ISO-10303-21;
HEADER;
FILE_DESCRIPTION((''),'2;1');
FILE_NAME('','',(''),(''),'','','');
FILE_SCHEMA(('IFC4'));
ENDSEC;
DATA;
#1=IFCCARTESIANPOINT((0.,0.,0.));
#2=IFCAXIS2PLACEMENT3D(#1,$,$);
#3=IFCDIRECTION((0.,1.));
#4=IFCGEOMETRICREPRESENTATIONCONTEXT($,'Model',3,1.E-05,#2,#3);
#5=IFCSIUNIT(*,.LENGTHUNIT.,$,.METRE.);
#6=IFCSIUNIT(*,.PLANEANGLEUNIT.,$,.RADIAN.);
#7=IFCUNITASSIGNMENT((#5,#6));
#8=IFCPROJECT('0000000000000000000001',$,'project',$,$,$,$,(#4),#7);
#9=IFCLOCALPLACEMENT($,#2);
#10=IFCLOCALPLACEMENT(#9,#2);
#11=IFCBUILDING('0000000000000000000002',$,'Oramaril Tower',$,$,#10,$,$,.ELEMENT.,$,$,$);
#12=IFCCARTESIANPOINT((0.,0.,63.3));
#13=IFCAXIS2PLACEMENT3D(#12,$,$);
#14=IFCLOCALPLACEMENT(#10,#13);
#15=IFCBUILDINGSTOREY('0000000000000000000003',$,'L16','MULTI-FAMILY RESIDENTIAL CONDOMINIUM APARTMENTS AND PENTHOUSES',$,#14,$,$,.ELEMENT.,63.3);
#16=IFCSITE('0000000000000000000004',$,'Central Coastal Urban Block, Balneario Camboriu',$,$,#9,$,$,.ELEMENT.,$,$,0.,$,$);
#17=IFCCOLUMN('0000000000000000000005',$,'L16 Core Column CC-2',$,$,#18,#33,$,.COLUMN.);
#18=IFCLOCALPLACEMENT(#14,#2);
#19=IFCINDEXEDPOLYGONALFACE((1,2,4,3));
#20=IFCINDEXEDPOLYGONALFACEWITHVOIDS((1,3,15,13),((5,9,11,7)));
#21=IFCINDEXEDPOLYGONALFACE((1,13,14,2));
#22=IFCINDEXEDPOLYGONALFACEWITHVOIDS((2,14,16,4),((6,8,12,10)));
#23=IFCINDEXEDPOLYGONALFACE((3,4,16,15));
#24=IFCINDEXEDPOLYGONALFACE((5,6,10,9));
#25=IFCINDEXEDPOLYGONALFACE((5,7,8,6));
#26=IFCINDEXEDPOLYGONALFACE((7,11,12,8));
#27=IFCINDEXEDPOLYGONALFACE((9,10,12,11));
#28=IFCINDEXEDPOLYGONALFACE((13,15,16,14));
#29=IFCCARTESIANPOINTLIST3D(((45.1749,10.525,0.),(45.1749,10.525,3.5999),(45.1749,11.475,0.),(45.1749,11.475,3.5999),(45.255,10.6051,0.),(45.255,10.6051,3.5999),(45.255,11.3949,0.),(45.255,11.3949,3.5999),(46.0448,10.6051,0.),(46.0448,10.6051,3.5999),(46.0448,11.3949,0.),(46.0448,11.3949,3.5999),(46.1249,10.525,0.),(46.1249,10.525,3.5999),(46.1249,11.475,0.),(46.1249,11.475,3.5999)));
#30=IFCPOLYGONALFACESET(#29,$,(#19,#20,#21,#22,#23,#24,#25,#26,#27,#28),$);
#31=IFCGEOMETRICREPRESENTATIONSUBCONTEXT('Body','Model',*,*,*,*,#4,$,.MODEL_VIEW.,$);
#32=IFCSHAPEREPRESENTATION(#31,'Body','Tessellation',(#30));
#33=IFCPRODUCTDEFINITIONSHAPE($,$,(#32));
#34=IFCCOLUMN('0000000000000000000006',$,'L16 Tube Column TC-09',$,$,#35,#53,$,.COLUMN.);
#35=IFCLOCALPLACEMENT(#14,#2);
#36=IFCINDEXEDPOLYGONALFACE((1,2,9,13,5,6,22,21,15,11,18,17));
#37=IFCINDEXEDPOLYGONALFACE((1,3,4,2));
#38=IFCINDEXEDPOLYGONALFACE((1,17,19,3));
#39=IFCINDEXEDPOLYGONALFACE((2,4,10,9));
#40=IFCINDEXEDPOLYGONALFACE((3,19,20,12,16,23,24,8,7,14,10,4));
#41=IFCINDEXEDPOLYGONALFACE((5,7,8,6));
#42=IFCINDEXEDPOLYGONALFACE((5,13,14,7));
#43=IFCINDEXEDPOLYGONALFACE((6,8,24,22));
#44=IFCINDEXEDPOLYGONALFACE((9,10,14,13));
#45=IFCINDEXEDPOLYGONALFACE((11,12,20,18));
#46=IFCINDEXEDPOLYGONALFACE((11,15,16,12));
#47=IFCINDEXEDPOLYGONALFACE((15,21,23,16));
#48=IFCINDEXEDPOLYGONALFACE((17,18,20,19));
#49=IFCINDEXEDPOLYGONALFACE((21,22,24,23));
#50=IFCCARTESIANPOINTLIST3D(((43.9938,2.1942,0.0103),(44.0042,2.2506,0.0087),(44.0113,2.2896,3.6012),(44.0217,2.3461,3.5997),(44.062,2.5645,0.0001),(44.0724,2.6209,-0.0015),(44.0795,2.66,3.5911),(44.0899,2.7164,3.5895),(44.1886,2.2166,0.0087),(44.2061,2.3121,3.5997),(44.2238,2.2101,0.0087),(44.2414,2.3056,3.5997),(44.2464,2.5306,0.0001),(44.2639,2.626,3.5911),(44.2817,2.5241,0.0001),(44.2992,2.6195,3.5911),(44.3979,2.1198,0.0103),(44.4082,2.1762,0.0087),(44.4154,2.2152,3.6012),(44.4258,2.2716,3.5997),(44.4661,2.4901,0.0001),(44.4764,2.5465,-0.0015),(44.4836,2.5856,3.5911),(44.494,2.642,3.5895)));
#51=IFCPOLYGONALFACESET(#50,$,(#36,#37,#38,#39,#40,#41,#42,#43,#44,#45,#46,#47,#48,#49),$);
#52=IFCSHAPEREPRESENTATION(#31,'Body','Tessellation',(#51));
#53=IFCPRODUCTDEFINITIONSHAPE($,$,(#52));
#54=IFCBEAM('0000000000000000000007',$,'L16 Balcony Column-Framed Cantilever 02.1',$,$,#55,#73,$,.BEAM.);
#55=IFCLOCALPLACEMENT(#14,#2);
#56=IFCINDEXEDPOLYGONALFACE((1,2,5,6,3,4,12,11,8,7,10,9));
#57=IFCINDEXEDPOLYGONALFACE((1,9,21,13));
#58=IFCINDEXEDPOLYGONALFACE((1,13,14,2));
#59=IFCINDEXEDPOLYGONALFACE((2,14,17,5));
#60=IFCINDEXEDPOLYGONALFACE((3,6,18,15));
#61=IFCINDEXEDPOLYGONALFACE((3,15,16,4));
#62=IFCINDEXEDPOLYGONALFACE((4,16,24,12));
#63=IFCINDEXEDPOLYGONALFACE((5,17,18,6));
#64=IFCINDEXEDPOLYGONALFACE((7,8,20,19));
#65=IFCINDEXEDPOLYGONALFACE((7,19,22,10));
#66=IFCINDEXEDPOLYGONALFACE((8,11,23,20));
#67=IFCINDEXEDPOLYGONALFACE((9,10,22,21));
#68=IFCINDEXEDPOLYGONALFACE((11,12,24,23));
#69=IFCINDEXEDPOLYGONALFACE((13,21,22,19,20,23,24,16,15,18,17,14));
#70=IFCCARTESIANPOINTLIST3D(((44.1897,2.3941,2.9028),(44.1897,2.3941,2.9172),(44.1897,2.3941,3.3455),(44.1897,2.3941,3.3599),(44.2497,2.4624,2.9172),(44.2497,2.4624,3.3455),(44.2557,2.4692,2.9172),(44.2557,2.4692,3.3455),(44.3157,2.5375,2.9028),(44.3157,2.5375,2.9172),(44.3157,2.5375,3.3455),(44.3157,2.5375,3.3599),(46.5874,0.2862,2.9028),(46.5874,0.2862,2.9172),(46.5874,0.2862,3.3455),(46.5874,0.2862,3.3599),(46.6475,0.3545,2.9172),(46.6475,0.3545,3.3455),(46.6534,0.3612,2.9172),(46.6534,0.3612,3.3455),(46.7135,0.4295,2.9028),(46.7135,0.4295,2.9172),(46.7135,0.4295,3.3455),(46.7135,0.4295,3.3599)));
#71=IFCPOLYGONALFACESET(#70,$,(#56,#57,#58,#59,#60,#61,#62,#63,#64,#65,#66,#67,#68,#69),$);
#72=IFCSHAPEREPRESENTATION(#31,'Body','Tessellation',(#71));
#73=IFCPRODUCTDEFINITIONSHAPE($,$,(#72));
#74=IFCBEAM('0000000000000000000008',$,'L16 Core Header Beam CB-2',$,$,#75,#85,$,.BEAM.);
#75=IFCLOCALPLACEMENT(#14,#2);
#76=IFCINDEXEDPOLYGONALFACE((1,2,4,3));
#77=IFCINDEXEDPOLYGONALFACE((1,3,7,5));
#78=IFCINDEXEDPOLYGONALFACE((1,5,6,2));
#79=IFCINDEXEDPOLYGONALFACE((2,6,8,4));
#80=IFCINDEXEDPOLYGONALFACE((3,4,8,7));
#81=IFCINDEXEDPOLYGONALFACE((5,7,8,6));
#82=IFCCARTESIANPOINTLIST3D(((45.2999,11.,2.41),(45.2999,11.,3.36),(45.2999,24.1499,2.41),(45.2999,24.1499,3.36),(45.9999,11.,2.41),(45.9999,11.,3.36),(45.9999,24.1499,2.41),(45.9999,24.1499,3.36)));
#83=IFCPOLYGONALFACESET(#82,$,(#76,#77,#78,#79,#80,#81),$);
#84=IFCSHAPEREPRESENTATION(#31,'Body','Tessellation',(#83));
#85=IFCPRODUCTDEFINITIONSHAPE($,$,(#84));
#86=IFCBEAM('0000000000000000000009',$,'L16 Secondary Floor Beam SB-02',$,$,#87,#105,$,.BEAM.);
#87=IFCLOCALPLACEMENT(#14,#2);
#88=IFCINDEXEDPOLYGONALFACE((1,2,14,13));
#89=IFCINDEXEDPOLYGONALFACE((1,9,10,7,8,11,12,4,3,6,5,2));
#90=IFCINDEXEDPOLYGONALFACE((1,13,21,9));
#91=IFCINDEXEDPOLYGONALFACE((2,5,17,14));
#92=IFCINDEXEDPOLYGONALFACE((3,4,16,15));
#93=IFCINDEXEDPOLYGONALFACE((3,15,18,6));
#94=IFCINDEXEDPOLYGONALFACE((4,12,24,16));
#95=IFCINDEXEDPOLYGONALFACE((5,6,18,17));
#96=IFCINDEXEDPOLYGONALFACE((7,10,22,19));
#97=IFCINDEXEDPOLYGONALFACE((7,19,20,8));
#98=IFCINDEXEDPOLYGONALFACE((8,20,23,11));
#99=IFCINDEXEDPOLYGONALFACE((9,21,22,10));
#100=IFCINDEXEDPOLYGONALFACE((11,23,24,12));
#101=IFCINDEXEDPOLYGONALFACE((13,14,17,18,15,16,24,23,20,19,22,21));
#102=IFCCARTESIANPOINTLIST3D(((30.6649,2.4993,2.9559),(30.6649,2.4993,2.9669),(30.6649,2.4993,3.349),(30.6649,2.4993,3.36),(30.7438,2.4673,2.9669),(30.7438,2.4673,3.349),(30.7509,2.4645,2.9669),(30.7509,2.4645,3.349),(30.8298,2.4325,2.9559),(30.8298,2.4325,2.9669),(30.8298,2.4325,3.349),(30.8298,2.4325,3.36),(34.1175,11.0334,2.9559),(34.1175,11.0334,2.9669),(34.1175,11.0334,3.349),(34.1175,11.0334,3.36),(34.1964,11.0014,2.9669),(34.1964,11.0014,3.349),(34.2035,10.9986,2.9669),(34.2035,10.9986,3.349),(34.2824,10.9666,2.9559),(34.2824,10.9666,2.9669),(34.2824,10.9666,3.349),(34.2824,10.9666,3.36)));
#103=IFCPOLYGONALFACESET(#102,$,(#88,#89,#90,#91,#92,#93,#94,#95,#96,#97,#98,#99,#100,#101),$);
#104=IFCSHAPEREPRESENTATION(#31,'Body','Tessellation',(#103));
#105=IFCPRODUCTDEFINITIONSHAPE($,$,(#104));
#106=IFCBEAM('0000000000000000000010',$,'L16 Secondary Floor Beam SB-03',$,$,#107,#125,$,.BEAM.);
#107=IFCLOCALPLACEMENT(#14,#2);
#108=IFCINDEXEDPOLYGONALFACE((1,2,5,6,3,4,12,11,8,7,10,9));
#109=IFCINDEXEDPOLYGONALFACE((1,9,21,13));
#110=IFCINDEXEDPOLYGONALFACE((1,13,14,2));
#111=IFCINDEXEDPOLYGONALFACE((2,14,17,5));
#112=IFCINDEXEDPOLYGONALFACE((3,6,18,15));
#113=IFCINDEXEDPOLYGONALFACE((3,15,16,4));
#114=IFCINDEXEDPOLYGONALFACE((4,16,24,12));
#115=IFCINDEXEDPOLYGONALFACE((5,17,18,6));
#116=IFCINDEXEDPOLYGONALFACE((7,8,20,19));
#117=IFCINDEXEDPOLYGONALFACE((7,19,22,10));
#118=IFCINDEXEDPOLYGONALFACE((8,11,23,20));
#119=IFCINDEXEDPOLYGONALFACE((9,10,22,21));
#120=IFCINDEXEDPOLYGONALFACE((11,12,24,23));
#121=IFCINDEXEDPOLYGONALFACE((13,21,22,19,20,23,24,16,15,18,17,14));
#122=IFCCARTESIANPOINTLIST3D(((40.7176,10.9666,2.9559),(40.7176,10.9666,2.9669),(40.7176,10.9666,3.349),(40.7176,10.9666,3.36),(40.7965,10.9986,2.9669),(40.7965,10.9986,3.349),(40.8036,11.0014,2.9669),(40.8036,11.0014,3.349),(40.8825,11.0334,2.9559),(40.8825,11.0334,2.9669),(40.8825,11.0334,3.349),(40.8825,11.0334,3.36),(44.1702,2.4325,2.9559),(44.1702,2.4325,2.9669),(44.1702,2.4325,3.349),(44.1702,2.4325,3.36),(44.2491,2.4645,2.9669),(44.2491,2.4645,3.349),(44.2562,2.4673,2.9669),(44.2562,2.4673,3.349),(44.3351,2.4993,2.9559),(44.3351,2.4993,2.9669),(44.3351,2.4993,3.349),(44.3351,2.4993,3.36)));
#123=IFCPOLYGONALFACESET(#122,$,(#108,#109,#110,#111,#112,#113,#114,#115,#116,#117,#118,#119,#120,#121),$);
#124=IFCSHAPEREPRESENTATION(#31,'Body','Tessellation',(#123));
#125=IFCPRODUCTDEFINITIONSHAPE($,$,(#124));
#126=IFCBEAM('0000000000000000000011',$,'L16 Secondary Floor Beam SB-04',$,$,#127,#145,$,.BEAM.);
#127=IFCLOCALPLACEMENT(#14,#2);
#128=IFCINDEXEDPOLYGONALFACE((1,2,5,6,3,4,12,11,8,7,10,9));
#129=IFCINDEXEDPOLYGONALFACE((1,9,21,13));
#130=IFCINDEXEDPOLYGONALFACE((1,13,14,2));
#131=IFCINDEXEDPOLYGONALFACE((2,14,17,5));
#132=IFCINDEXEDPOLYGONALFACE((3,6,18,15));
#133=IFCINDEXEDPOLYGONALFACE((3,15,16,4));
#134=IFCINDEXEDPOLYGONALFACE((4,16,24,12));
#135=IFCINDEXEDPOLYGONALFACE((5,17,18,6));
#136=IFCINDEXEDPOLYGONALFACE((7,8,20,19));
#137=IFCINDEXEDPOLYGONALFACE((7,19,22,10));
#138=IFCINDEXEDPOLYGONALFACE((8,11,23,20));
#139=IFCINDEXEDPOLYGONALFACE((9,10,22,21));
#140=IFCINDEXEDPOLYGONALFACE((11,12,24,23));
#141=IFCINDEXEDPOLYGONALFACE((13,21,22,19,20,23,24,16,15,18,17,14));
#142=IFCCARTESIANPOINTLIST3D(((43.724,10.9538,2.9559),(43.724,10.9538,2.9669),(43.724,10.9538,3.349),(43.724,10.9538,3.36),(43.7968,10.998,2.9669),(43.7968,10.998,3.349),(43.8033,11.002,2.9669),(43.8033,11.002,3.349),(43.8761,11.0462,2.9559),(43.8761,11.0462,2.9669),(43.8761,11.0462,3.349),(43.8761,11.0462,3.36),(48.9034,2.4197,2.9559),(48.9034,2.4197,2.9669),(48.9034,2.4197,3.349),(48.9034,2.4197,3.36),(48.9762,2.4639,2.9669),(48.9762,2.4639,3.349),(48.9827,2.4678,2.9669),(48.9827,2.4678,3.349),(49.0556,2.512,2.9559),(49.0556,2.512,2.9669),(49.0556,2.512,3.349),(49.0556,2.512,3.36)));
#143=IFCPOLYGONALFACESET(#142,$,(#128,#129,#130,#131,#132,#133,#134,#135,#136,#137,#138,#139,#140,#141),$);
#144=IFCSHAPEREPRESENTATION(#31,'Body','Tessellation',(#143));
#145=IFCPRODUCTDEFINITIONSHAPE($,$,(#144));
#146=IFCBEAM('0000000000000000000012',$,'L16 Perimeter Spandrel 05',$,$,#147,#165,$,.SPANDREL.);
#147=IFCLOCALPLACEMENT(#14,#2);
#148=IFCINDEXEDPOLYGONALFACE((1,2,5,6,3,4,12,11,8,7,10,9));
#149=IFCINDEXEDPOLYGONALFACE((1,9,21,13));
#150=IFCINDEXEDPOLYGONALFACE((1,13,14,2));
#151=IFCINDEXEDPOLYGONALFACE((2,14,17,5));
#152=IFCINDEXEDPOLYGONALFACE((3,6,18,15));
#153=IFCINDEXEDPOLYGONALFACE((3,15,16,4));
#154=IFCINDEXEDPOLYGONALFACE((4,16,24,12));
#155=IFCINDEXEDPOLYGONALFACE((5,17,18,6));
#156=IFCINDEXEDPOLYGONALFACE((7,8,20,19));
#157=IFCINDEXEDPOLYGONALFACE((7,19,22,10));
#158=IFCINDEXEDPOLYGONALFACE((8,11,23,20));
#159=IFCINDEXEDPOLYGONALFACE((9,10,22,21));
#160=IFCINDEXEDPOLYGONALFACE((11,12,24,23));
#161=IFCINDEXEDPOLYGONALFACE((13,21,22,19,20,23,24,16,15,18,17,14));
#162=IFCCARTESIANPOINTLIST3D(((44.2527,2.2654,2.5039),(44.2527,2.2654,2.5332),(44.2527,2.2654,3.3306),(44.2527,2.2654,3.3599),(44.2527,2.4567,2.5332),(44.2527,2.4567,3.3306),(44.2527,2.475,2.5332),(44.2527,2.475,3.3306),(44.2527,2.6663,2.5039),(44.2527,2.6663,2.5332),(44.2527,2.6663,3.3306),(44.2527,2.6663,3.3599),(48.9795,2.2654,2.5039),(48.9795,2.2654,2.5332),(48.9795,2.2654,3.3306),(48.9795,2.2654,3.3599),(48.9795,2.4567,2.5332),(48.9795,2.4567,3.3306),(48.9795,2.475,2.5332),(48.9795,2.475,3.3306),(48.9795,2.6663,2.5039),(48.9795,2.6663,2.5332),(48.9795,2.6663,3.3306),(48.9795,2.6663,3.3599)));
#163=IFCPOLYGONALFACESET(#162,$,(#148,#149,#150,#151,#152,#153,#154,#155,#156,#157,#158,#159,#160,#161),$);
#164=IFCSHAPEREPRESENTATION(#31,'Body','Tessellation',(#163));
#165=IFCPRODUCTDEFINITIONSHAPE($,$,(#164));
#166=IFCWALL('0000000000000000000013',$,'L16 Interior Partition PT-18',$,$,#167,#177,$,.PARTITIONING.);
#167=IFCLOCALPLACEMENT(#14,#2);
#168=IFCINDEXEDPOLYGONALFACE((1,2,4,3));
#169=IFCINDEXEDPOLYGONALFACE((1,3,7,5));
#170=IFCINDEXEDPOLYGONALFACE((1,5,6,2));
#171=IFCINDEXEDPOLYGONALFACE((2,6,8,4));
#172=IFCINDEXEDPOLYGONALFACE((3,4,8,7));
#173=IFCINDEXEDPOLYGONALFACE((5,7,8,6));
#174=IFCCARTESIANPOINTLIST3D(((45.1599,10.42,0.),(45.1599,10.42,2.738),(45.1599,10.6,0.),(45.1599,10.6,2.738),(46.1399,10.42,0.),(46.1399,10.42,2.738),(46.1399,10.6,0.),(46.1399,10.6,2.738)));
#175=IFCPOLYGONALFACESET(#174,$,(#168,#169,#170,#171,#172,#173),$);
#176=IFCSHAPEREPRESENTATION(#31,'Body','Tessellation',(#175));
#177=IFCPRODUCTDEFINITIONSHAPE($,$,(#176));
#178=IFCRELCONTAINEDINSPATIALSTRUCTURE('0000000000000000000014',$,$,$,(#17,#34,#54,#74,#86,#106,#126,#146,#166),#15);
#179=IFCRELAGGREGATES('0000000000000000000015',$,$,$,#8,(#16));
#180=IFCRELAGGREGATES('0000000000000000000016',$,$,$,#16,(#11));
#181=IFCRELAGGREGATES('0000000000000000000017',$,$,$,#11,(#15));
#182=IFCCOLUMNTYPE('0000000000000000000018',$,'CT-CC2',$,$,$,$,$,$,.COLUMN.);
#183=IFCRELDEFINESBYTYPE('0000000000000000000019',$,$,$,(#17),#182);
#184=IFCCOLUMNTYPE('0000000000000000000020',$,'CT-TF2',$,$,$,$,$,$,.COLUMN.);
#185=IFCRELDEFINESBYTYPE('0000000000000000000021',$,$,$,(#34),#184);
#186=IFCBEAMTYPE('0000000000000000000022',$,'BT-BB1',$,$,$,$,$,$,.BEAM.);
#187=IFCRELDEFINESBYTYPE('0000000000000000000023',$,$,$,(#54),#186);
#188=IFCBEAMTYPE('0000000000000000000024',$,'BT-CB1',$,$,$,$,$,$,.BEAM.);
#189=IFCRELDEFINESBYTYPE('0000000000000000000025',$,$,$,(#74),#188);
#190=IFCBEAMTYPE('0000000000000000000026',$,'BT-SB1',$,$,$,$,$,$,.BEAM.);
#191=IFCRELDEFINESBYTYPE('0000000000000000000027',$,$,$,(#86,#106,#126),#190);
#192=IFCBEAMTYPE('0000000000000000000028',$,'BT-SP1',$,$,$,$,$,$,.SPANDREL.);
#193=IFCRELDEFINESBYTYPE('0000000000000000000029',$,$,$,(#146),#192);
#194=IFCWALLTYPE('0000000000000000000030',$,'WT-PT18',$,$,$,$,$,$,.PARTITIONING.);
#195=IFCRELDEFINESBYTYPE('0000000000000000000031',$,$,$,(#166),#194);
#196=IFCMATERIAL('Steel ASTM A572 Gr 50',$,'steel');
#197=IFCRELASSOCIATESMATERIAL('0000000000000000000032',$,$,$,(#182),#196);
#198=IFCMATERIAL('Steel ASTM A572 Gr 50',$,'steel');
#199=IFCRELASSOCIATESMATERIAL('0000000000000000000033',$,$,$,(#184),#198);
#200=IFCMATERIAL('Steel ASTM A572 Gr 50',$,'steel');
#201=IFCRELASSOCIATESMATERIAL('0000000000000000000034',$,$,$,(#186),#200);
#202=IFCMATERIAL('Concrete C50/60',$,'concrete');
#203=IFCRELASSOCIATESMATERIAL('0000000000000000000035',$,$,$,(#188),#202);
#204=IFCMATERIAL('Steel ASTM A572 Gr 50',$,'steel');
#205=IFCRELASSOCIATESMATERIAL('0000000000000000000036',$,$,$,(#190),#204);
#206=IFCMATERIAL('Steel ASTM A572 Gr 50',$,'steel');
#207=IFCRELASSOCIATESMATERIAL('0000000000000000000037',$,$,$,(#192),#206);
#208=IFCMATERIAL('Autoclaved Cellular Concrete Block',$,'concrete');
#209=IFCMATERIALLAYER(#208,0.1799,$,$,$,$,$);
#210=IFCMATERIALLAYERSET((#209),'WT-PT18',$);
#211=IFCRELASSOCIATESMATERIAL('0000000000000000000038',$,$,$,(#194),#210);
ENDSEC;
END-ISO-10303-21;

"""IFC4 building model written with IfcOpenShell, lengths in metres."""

from ifc_helpers import new_model, si_unit, direction, frame, frame_2d, origin, origin_2d, place, context, subcontext, project, spatial, rectangle, hollow_rectangle, i_section, extrude, material, layer, layer_set, material_profile, profile_set, type_object, element, save


model = new_model("IFC4")

# Units and contexts
model_context = context("Model", 3, precision=1e-05, world=origin(), true_north=direction((0.0, 1.0)))
body_context = subcontext(model_context, "Body", "Model", "MODEL_VIEW")
ifc_project = project(units=[si_unit("LENGTHUNIT", "METRE"), si_unit("PLANEANGLEUNIT", "RADIAN")], contexts=[model_context])

# Site, building, storey
site_placement = place(None, origin())
site = spatial("IfcSite", under=ifc_project, at=site_placement, Name="Central Coastal Urban Block, Balneario Camboriu", CompositionType="ELEMENT", RefElevation=0.0)
building_placement = place(site_placement, origin())
building = spatial("IfcBuilding", under=site, at=building_placement, Name="Oramaril Tower", CompositionType="ELEMENT")
storey_placement = place(building_placement, frame((0.0, 0.0, 63.3)))
storey = spatial("IfcBuildingStorey", under=building, at=storey_placement, Name="L16", Description="MULTI-FAMILY RESIDENTIAL CONDOMINIUM APARTMENTS AND PENTHOUSES", CompositionType="ELEMENT", Elevation=63.3)

# Columns
ifc_material_1 = material(Name="Steel ASTM A572 Gr 50", Category="steel")
ifc_material_profile_1 = material_profile(ifc_material_1, hollow_rectangle(XDim=0.95, YDim=0.95, WallThickness=0.0801, at=origin_2d()), Name="BOX950X950X80")
ifc_profile_set_1 = profile_set([ifc_material_profile_1], Name="Steel ASTM A572 Gr 50")
column_type_1 = type_object("IfcColumnType", Name="CT-CC2", PredefinedType="COLUMN", material=ifc_profile_set_1)
column_1_placement = place(storey_placement, frame((45.6499, 11.0, 0.0), z_axis=(0.0, 0.0, 1.0), x_axis=(1.0, 0.0, 0.0)))
element("IfcColumn", 1, at=column_1_placement, inside=storey, type_object=column_type_1, Name="L16 Core Column CC-2", PredefinedType="COLUMN", context=body_context, shape_type="SweptSolid", body=[
    extrude(hollow_rectangle(XDim=0.95, YDim=0.95, WallThickness=0.0801, at=origin_2d()), origin(), (0.0, 0.0, 1.0), 3.5999),
])
ifc_material_2 = material(Name="Steel ASTM A572 Gr 50", Category="steel")
ifc_material_profile_2 = material_profile(ifc_material_2, i_section(OverallWidth=0.4109, OverallDepth=0.4341, WebThickness=0.0359, FlangeThickness=0.0574, at=origin_2d()), Name="W14X311")
ifc_profile_set_2 = profile_set([ifc_material_profile_2], Name="Steel ASTM A572 Gr 50")
column_type_2 = type_object("IfcColumnType", Name="CT-TF2", PredefinedType="COLUMN", material=ifc_profile_set_2)
column_2_placement = place(storey_placement, frame((44.2351, 2.3704, 0.0044), z_axis=(0.004893, 0.026573, 0.999635), x_axis=(-0.983465, 0.181098, 0.0)))
element("IfcColumn", 2, at=column_2_placement, inside=storey, type_object=column_type_2, Name="L16 Tube Column TC-09", PredefinedType="COLUMN", context=body_context, shape_type="SweptSolid", body=[
    extrude(i_section(OverallWidth=0.4109, OverallDepth=0.4341, WebThickness=0.0359, FlangeThickness=0.0574, at=origin_2d()), origin(), (0.0, 0.0, 1.0), 3.5923),
])

# Beams
ifc_material_3 = material(Name="Steel ASTM A572 Gr 50", Category="steel")
ifc_material_profile_3 = material_profile(ifc_material_3, i_section(OverallWidth=0.1909, OverallDepth=0.457, WebThickness=0.009, FlangeThickness=0.0144, at=origin_2d()), Name="W18X50")
ifc_profile_set_3 = profile_set([ifc_material_profile_3], Name="Steel ASTM A572 Gr 50")
beam_type_1 = type_object("IfcBeamType", Name="BT-BB1", PredefinedType="BEAM", material=ifc_profile_set_3)
beam_1_placement = place(storey_placement, frame((44.2527, 2.4658, 3.1313), z_axis=(0.751035, -0.660262, 0.0), x_axis=(0.660262, 0.751035, 0.0)))
element("IfcBeam", 3, at=beam_1_placement, inside=storey, type_object=beam_type_1, Name="L16 Balcony Column-Framed Cantilever 02.1", PredefinedType="BEAM", context=body_context, shape_type="SweptSolid", body=[
    extrude(i_section(OverallWidth=0.1909, OverallDepth=0.457, WebThickness=0.009, FlangeThickness=0.0144, at=origin_2d()), origin(), (0.0, 0.0, 1.0), 3.1926),
])
ifc_material_4 = material(Name="Concrete C50/60", Category="concrete")
ifc_material_profile_4 = material_profile(ifc_material_4, rectangle(XDim=0.7, YDim=0.95, at=origin_2d()), Name="CB700X950")
ifc_profile_set_4 = profile_set([ifc_material_profile_4], Name="Concrete C50/60")
beam_type_2 = type_object("IfcBeamType", Name="BT-CB1", PredefinedType="BEAM", material=ifc_profile_set_4)
beam_2_placement = place(storey_placement, frame((45.6499, 11.0, 2.885), z_axis=(0.0, 1.0, 0.0), x_axis=(-1.0, 0.0, 0.0)))
element("IfcBeam", 4, at=beam_2_placement, inside=storey, type_object=beam_type_2, Name="L16 Core Header Beam CB-2", PredefinedType="BEAM", context=body_context, shape_type="SweptSolid", body=[
    extrude(rectangle(XDim=0.7, YDim=0.95, at=origin_2d()), origin(), (0.0, 0.0, 1.0), 13.1499),
])
ifc_material_5 = material(Name="Steel ASTM A572 Gr 50", Category="steel")
ifc_material_profile_5 = material_profile(ifc_material_5, i_section(OverallWidth=0.178, OverallDepth=0.4041, WebThickness=0.0076, FlangeThickness=0.011, at=origin_2d()), Name="W16X36")
ifc_profile_set_5 = profile_set([ifc_material_profile_5], Name="Steel ASTM A572 Gr 50")
beam_type_3 = type_object("IfcBeamType", Name="BT-SB1", PredefinedType="BEAM", material=ifc_profile_set_5)
for number, where, z_axis, x_axis, name in (
    (5, (34.2, 11.0, 3.158), (-0.375037, -0.92701, 0.0), (0.92701, -0.375037, 0.0), "L16 Secondary Floor Beam SB-02"),
    (6, (40.8, 11.0, 3.158), (0.375037, -0.92701, 0.0), (0.92701, 0.375037, 0.0), "L16 Secondary Floor Beam SB-03"),
):
    element("IfcBeam", number, at=place(storey_placement, frame(where, z_axis=z_axis, x_axis=x_axis)), inside=storey, type_object=beam_type_3, Name=name, PredefinedType="BEAM", context=body_context, shape_type="SweptSolid", body=[
        extrude(i_section(OverallWidth=0.178, OverallDepth=0.4041, WebThickness=0.0076, FlangeThickness=0.011, at=origin_2d()), origin(), (0.0, 0.0, 1.0), 9.2061),
    ])
beam_3_placement = place(storey_placement, frame((43.8, 11.0, 3.158), z_axis=(0.51883, -0.854877, 0.0), x_axis=(0.854877, 0.51883, 0.0)))
element("IfcBeam", 7, at=beam_3_placement, inside=storey, type_object=beam_type_3, Name="L16 Secondary Floor Beam SB-04", PredefinedType="BEAM", context=body_context, shape_type="SweptSolid", body=[
    extrude(i_section(OverallWidth=0.178, OverallDepth=0.4041, WebThickness=0.0076, FlangeThickness=0.011, at=origin_2d()), origin(), (0.0, 0.0, 1.0), 9.9829),
])
ifc_material_6 = material(Name="Steel ASTM A572 Gr 50", Category="steel")
ifc_material_profile_6 = material_profile(ifc_material_6, i_section(OverallWidth=0.4009, OverallDepth=0.856, WebThickness=0.0183, FlangeThickness=0.0293, at=origin_2d()), Name="W33X201")
ifc_profile_set_6 = profile_set([ifc_material_profile_6], Name="Steel ASTM A572 Gr 50")
beam_type_4 = type_object("IfcBeamType", Name="BT-SP1", PredefinedType="SPANDREL", material=ifc_profile_set_6)
beam_4_placement = place(storey_placement, frame((44.2527, 2.4658, 2.9319), z_axis=(1.0, 0.0, 0.0), x_axis=(0.0, 1.0, 0.0)))
element("IfcBeam", 8, at=beam_4_placement, inside=storey, type_object=beam_type_4, Name="L16 Perimeter Spandrel 05", PredefinedType="SPANDREL", context=body_context, shape_type="SweptSolid", body=[
    extrude(i_section(OverallWidth=0.4009, OverallDepth=0.856, WebThickness=0.0183, FlangeThickness=0.0293, at=origin_2d()), origin(), (0.0, 0.0, 1.0), 4.7268),
])

# Wall
ifc_material_7 = material(Name="Autoclaved Cellular Concrete Block", Category="concrete")
ifc_layer_1 = layer(ifc_material_7, 0.1799)
ifc_layer_set_1 = layer_set([ifc_layer_1], Name="WT-PT18")
wall_type_1 = type_object("IfcWallType", Name="WT-PT18", PredefinedType="PARTITIONING", material=ifc_layer_set_1)
wall_1_placement = place(storey_placement, frame((45.1599, 10.51, 0.0), z_axis=(0.0, 0.0, 1.0), x_axis=(1.0, 0.0, 0.0)))
element("IfcWall", 9, at=wall_1_placement, inside=storey, type_object=wall_type_1, Name="L16 Interior Partition PT-18", PredefinedType="PARTITIONING", context=body_context, shape_type="SweptSolid", body=[
    extrude(rectangle(XDim=0.98, YDim=0.1799, at=frame_2d((0.49, 0.0))), origin(), (0.0, 0.0, 1.0), 2.738),
])

save(model, "model.ifc")
